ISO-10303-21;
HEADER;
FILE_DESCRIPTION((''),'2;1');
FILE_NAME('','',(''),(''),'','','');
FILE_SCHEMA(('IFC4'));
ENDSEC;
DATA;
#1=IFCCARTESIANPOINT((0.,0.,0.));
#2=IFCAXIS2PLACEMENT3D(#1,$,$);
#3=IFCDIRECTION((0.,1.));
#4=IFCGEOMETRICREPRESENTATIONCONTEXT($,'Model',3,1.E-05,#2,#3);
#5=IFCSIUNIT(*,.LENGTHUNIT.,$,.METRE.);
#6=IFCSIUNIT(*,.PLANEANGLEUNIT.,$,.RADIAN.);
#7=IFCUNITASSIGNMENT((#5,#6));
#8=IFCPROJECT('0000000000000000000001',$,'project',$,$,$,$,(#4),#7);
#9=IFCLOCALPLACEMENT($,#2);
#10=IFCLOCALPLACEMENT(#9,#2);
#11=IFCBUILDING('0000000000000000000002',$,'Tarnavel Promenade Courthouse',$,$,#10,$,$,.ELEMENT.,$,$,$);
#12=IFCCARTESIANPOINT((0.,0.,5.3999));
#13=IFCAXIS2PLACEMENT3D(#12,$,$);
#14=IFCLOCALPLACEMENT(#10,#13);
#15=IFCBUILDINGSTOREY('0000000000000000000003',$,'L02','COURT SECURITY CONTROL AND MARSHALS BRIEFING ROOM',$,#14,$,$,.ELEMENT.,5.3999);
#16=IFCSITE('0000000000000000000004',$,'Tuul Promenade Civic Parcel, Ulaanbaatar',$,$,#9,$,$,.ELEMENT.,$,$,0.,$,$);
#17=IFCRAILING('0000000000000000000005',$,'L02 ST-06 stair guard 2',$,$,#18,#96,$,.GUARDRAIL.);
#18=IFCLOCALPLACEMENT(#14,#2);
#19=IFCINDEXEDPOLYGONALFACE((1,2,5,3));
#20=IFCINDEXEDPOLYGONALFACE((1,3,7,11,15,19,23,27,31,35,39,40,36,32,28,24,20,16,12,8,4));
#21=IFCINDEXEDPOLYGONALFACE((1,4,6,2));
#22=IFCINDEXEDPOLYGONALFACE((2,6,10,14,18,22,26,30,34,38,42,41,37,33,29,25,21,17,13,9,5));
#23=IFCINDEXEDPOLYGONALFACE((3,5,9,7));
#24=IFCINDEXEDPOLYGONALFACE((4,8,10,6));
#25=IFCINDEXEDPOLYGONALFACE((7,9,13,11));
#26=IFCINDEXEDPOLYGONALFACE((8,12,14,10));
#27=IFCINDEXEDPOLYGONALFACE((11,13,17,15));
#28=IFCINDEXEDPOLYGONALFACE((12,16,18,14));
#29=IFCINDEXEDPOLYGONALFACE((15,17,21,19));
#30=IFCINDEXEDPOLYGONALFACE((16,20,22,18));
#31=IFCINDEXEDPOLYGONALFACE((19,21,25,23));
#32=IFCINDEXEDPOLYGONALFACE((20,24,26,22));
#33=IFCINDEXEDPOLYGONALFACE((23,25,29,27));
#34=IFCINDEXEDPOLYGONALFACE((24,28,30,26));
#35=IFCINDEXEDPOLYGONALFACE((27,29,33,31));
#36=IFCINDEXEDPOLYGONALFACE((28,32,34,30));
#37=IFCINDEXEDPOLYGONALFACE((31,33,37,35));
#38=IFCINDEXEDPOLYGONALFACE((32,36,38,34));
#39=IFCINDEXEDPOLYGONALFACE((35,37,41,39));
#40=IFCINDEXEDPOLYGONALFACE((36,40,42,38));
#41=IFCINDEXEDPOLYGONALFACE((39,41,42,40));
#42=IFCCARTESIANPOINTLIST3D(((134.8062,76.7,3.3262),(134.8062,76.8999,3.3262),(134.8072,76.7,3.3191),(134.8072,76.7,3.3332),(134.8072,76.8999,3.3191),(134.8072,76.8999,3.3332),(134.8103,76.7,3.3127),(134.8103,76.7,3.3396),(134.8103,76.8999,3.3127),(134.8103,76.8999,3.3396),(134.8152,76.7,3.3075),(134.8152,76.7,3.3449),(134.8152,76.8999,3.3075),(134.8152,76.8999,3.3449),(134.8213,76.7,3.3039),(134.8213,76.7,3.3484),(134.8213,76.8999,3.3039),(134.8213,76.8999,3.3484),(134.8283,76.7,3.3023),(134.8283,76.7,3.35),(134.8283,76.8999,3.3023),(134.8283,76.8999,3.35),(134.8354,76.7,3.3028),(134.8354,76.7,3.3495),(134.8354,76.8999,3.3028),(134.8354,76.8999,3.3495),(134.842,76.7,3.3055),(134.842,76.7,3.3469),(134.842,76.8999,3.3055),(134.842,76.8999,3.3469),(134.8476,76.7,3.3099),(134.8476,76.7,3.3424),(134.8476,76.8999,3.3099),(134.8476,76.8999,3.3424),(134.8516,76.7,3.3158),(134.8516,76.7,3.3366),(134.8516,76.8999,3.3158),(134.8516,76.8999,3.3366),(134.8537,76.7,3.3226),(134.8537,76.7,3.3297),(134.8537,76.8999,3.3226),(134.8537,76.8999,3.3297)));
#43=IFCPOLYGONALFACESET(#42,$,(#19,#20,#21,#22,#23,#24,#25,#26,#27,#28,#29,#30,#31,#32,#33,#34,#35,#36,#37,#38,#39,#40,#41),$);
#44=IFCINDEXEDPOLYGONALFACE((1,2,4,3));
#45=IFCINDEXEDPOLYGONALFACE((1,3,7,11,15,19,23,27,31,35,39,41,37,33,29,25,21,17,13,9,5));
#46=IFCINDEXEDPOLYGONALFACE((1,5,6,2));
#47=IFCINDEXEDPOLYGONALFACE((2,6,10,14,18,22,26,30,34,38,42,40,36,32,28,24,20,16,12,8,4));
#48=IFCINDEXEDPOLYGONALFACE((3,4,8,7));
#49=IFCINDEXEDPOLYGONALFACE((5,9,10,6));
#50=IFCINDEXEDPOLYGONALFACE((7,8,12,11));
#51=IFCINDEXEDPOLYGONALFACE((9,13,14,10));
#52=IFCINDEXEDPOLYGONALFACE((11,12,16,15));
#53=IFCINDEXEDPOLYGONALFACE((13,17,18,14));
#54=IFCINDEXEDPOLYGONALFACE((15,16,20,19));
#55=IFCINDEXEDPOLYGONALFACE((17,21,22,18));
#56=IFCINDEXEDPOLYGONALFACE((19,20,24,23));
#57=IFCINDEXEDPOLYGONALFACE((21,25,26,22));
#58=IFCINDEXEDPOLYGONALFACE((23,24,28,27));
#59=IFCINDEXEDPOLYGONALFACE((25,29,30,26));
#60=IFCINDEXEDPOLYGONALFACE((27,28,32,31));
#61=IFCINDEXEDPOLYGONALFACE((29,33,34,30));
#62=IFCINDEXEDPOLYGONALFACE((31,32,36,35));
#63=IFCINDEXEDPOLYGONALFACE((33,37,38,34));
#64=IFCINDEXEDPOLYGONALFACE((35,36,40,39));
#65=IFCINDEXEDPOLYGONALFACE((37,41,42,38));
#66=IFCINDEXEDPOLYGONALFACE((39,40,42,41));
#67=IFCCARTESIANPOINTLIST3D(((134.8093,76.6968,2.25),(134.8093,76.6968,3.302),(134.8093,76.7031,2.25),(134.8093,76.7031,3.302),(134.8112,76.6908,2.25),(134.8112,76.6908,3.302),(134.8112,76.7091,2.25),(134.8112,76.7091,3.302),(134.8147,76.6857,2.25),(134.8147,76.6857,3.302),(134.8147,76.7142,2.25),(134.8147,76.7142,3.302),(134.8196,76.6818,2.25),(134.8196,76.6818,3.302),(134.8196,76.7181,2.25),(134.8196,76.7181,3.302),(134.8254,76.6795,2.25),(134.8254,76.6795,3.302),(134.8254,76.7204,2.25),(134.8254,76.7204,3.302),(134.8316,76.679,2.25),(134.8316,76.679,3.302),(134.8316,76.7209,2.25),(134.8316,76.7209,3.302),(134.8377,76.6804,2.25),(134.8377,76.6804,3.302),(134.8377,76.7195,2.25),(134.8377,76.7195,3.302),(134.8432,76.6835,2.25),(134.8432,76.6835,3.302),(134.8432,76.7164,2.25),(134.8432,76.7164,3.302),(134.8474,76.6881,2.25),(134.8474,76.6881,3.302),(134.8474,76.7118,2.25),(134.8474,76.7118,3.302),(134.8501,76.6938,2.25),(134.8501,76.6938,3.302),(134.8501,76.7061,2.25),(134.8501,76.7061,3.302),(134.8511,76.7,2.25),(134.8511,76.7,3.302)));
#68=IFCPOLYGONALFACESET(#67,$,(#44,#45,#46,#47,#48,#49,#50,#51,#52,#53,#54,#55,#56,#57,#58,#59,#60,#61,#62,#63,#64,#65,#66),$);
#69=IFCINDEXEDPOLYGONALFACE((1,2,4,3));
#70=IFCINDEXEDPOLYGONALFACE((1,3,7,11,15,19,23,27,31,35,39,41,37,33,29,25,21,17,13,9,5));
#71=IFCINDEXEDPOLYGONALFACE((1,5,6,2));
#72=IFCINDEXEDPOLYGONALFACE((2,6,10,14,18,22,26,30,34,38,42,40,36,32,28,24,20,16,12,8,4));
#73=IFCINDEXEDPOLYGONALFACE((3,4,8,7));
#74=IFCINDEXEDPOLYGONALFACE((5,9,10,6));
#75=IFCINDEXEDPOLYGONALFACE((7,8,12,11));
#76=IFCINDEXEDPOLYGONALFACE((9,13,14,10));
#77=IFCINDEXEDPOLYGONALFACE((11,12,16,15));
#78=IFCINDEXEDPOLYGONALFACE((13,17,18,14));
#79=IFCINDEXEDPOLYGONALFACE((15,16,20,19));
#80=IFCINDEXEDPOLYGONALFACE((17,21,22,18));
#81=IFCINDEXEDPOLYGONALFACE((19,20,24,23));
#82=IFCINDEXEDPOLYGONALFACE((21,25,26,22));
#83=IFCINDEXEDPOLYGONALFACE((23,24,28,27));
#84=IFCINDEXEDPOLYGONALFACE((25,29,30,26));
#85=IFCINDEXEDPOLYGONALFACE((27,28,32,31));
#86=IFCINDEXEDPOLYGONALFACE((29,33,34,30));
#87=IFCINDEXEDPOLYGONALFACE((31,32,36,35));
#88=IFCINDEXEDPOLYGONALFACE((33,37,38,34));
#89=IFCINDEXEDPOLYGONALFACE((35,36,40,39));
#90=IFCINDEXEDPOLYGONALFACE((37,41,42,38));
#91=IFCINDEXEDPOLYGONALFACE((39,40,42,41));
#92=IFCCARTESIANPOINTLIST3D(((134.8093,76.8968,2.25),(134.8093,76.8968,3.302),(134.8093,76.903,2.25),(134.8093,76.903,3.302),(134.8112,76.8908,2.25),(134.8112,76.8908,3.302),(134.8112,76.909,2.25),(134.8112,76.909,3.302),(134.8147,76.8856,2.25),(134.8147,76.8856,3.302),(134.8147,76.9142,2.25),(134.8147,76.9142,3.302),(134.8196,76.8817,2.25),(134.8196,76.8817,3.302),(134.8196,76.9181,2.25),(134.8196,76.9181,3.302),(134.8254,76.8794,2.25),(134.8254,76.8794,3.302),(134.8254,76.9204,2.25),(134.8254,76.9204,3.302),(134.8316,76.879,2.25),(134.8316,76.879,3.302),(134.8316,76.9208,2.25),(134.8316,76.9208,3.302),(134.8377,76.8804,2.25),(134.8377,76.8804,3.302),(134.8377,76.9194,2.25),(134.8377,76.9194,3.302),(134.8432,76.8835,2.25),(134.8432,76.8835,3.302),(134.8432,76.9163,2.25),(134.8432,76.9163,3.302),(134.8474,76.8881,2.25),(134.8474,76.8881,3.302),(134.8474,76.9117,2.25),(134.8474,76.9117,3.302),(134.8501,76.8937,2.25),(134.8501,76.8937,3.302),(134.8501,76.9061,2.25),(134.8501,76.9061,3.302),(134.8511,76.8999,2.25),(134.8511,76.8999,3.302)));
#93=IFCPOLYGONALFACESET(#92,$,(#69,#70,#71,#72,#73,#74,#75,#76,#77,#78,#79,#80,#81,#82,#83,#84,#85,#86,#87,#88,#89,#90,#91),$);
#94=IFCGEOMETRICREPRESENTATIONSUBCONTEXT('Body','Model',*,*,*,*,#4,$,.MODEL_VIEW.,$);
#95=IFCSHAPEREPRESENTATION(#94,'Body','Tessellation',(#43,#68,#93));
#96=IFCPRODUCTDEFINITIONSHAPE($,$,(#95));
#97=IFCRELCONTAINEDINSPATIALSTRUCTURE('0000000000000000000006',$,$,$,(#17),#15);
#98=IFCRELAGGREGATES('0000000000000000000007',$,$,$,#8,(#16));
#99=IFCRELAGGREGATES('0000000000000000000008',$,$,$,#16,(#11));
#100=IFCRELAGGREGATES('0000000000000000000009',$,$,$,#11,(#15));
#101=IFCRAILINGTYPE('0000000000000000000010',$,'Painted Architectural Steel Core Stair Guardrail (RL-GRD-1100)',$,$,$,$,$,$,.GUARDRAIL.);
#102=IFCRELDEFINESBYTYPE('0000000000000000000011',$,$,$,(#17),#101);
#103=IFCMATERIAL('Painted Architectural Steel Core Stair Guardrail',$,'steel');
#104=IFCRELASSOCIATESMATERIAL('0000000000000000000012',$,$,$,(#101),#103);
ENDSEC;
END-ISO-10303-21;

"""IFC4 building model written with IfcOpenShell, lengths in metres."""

from ifc_helpers import new_model, si_unit, direction, frame, origin, origin_2d, place, context, subcontext, project, spatial, circle, extrude, material, type_object, element, save


model = new_model("IFC4")

# Units and contexts
model_context = context("Model", 3, precision=1e-05, world=origin(), true_north=direction((0.0, 1.0)))
body_context = subcontext(model_context, "Body", "Model", "MODEL_VIEW")
ifc_project = project(units=[si_unit("LENGTHUNIT", "METRE"), si_unit("PLANEANGLEUNIT", "RADIAN")], contexts=[model_context])

# Site, building, storey
site_placement = place(None, origin())
site = spatial("IfcSite", under=ifc_project, at=site_placement, Name="Tuul Promenade Civic Parcel, Ulaanbaatar", CompositionType="ELEMENT", RefElevation=0.0)
building_placement = place(site_placement, origin())
building = spatial("IfcBuilding", under=site, at=building_placement, Name="Tarnavel Promenade Courthouse", CompositionType="ELEMENT")
storey_placement = place(building_placement, frame((0.0, 0.0, 5.3999)))
storey = spatial("IfcBuildingStorey", under=building, at=storey_placement, Name="L02", Description="COURT SECURITY CONTROL AND MARSHALS BRIEFING ROOM", CompositionType="ELEMENT", Elevation=5.3999)

# Railing
ifc_material_1 = material(Name="Painted Architectural Steel Core Stair Guardrail", Category="steel")
railing_type_1 = type_object("IfcRailingType", Name="Painted Architectural Steel Core Stair Guardrail (RL-GRD-1100)", PredefinedType="GUARDRAIL", material=ifc_material_1)
railing_1_placement = place(storey_placement, frame((134.8301, 76.7, 2.25)))
element("IfcRailing", 1, at=railing_1_placement, inside=storey, type_object=railing_type_1, Name="L02 ST-06 stair guard 2", PredefinedType="GUARDRAIL", context=body_context, shape_type="SweptSolid", body=[
    extrude(circle(Radius=0.0239, at=origin_2d()), frame((0.0, 0.0, 1.0762), z_axis=(0.0, 1.0, 0.0), x_axis=(-1.0, 0.0, 0.0)), (0.0, 0.0, 1.0), 0.2),
    extrude(circle(Radius=0.021, at=origin_2d()), origin(), (0.0, 0.0, 1.0), 1.052),
    extrude(circle(Radius=0.021, at=origin_2d()), frame((0.0, 0.2, 0.0)), (0.0, 0.0, 1.0), 1.052),
])

save(model, "model.ifc")
